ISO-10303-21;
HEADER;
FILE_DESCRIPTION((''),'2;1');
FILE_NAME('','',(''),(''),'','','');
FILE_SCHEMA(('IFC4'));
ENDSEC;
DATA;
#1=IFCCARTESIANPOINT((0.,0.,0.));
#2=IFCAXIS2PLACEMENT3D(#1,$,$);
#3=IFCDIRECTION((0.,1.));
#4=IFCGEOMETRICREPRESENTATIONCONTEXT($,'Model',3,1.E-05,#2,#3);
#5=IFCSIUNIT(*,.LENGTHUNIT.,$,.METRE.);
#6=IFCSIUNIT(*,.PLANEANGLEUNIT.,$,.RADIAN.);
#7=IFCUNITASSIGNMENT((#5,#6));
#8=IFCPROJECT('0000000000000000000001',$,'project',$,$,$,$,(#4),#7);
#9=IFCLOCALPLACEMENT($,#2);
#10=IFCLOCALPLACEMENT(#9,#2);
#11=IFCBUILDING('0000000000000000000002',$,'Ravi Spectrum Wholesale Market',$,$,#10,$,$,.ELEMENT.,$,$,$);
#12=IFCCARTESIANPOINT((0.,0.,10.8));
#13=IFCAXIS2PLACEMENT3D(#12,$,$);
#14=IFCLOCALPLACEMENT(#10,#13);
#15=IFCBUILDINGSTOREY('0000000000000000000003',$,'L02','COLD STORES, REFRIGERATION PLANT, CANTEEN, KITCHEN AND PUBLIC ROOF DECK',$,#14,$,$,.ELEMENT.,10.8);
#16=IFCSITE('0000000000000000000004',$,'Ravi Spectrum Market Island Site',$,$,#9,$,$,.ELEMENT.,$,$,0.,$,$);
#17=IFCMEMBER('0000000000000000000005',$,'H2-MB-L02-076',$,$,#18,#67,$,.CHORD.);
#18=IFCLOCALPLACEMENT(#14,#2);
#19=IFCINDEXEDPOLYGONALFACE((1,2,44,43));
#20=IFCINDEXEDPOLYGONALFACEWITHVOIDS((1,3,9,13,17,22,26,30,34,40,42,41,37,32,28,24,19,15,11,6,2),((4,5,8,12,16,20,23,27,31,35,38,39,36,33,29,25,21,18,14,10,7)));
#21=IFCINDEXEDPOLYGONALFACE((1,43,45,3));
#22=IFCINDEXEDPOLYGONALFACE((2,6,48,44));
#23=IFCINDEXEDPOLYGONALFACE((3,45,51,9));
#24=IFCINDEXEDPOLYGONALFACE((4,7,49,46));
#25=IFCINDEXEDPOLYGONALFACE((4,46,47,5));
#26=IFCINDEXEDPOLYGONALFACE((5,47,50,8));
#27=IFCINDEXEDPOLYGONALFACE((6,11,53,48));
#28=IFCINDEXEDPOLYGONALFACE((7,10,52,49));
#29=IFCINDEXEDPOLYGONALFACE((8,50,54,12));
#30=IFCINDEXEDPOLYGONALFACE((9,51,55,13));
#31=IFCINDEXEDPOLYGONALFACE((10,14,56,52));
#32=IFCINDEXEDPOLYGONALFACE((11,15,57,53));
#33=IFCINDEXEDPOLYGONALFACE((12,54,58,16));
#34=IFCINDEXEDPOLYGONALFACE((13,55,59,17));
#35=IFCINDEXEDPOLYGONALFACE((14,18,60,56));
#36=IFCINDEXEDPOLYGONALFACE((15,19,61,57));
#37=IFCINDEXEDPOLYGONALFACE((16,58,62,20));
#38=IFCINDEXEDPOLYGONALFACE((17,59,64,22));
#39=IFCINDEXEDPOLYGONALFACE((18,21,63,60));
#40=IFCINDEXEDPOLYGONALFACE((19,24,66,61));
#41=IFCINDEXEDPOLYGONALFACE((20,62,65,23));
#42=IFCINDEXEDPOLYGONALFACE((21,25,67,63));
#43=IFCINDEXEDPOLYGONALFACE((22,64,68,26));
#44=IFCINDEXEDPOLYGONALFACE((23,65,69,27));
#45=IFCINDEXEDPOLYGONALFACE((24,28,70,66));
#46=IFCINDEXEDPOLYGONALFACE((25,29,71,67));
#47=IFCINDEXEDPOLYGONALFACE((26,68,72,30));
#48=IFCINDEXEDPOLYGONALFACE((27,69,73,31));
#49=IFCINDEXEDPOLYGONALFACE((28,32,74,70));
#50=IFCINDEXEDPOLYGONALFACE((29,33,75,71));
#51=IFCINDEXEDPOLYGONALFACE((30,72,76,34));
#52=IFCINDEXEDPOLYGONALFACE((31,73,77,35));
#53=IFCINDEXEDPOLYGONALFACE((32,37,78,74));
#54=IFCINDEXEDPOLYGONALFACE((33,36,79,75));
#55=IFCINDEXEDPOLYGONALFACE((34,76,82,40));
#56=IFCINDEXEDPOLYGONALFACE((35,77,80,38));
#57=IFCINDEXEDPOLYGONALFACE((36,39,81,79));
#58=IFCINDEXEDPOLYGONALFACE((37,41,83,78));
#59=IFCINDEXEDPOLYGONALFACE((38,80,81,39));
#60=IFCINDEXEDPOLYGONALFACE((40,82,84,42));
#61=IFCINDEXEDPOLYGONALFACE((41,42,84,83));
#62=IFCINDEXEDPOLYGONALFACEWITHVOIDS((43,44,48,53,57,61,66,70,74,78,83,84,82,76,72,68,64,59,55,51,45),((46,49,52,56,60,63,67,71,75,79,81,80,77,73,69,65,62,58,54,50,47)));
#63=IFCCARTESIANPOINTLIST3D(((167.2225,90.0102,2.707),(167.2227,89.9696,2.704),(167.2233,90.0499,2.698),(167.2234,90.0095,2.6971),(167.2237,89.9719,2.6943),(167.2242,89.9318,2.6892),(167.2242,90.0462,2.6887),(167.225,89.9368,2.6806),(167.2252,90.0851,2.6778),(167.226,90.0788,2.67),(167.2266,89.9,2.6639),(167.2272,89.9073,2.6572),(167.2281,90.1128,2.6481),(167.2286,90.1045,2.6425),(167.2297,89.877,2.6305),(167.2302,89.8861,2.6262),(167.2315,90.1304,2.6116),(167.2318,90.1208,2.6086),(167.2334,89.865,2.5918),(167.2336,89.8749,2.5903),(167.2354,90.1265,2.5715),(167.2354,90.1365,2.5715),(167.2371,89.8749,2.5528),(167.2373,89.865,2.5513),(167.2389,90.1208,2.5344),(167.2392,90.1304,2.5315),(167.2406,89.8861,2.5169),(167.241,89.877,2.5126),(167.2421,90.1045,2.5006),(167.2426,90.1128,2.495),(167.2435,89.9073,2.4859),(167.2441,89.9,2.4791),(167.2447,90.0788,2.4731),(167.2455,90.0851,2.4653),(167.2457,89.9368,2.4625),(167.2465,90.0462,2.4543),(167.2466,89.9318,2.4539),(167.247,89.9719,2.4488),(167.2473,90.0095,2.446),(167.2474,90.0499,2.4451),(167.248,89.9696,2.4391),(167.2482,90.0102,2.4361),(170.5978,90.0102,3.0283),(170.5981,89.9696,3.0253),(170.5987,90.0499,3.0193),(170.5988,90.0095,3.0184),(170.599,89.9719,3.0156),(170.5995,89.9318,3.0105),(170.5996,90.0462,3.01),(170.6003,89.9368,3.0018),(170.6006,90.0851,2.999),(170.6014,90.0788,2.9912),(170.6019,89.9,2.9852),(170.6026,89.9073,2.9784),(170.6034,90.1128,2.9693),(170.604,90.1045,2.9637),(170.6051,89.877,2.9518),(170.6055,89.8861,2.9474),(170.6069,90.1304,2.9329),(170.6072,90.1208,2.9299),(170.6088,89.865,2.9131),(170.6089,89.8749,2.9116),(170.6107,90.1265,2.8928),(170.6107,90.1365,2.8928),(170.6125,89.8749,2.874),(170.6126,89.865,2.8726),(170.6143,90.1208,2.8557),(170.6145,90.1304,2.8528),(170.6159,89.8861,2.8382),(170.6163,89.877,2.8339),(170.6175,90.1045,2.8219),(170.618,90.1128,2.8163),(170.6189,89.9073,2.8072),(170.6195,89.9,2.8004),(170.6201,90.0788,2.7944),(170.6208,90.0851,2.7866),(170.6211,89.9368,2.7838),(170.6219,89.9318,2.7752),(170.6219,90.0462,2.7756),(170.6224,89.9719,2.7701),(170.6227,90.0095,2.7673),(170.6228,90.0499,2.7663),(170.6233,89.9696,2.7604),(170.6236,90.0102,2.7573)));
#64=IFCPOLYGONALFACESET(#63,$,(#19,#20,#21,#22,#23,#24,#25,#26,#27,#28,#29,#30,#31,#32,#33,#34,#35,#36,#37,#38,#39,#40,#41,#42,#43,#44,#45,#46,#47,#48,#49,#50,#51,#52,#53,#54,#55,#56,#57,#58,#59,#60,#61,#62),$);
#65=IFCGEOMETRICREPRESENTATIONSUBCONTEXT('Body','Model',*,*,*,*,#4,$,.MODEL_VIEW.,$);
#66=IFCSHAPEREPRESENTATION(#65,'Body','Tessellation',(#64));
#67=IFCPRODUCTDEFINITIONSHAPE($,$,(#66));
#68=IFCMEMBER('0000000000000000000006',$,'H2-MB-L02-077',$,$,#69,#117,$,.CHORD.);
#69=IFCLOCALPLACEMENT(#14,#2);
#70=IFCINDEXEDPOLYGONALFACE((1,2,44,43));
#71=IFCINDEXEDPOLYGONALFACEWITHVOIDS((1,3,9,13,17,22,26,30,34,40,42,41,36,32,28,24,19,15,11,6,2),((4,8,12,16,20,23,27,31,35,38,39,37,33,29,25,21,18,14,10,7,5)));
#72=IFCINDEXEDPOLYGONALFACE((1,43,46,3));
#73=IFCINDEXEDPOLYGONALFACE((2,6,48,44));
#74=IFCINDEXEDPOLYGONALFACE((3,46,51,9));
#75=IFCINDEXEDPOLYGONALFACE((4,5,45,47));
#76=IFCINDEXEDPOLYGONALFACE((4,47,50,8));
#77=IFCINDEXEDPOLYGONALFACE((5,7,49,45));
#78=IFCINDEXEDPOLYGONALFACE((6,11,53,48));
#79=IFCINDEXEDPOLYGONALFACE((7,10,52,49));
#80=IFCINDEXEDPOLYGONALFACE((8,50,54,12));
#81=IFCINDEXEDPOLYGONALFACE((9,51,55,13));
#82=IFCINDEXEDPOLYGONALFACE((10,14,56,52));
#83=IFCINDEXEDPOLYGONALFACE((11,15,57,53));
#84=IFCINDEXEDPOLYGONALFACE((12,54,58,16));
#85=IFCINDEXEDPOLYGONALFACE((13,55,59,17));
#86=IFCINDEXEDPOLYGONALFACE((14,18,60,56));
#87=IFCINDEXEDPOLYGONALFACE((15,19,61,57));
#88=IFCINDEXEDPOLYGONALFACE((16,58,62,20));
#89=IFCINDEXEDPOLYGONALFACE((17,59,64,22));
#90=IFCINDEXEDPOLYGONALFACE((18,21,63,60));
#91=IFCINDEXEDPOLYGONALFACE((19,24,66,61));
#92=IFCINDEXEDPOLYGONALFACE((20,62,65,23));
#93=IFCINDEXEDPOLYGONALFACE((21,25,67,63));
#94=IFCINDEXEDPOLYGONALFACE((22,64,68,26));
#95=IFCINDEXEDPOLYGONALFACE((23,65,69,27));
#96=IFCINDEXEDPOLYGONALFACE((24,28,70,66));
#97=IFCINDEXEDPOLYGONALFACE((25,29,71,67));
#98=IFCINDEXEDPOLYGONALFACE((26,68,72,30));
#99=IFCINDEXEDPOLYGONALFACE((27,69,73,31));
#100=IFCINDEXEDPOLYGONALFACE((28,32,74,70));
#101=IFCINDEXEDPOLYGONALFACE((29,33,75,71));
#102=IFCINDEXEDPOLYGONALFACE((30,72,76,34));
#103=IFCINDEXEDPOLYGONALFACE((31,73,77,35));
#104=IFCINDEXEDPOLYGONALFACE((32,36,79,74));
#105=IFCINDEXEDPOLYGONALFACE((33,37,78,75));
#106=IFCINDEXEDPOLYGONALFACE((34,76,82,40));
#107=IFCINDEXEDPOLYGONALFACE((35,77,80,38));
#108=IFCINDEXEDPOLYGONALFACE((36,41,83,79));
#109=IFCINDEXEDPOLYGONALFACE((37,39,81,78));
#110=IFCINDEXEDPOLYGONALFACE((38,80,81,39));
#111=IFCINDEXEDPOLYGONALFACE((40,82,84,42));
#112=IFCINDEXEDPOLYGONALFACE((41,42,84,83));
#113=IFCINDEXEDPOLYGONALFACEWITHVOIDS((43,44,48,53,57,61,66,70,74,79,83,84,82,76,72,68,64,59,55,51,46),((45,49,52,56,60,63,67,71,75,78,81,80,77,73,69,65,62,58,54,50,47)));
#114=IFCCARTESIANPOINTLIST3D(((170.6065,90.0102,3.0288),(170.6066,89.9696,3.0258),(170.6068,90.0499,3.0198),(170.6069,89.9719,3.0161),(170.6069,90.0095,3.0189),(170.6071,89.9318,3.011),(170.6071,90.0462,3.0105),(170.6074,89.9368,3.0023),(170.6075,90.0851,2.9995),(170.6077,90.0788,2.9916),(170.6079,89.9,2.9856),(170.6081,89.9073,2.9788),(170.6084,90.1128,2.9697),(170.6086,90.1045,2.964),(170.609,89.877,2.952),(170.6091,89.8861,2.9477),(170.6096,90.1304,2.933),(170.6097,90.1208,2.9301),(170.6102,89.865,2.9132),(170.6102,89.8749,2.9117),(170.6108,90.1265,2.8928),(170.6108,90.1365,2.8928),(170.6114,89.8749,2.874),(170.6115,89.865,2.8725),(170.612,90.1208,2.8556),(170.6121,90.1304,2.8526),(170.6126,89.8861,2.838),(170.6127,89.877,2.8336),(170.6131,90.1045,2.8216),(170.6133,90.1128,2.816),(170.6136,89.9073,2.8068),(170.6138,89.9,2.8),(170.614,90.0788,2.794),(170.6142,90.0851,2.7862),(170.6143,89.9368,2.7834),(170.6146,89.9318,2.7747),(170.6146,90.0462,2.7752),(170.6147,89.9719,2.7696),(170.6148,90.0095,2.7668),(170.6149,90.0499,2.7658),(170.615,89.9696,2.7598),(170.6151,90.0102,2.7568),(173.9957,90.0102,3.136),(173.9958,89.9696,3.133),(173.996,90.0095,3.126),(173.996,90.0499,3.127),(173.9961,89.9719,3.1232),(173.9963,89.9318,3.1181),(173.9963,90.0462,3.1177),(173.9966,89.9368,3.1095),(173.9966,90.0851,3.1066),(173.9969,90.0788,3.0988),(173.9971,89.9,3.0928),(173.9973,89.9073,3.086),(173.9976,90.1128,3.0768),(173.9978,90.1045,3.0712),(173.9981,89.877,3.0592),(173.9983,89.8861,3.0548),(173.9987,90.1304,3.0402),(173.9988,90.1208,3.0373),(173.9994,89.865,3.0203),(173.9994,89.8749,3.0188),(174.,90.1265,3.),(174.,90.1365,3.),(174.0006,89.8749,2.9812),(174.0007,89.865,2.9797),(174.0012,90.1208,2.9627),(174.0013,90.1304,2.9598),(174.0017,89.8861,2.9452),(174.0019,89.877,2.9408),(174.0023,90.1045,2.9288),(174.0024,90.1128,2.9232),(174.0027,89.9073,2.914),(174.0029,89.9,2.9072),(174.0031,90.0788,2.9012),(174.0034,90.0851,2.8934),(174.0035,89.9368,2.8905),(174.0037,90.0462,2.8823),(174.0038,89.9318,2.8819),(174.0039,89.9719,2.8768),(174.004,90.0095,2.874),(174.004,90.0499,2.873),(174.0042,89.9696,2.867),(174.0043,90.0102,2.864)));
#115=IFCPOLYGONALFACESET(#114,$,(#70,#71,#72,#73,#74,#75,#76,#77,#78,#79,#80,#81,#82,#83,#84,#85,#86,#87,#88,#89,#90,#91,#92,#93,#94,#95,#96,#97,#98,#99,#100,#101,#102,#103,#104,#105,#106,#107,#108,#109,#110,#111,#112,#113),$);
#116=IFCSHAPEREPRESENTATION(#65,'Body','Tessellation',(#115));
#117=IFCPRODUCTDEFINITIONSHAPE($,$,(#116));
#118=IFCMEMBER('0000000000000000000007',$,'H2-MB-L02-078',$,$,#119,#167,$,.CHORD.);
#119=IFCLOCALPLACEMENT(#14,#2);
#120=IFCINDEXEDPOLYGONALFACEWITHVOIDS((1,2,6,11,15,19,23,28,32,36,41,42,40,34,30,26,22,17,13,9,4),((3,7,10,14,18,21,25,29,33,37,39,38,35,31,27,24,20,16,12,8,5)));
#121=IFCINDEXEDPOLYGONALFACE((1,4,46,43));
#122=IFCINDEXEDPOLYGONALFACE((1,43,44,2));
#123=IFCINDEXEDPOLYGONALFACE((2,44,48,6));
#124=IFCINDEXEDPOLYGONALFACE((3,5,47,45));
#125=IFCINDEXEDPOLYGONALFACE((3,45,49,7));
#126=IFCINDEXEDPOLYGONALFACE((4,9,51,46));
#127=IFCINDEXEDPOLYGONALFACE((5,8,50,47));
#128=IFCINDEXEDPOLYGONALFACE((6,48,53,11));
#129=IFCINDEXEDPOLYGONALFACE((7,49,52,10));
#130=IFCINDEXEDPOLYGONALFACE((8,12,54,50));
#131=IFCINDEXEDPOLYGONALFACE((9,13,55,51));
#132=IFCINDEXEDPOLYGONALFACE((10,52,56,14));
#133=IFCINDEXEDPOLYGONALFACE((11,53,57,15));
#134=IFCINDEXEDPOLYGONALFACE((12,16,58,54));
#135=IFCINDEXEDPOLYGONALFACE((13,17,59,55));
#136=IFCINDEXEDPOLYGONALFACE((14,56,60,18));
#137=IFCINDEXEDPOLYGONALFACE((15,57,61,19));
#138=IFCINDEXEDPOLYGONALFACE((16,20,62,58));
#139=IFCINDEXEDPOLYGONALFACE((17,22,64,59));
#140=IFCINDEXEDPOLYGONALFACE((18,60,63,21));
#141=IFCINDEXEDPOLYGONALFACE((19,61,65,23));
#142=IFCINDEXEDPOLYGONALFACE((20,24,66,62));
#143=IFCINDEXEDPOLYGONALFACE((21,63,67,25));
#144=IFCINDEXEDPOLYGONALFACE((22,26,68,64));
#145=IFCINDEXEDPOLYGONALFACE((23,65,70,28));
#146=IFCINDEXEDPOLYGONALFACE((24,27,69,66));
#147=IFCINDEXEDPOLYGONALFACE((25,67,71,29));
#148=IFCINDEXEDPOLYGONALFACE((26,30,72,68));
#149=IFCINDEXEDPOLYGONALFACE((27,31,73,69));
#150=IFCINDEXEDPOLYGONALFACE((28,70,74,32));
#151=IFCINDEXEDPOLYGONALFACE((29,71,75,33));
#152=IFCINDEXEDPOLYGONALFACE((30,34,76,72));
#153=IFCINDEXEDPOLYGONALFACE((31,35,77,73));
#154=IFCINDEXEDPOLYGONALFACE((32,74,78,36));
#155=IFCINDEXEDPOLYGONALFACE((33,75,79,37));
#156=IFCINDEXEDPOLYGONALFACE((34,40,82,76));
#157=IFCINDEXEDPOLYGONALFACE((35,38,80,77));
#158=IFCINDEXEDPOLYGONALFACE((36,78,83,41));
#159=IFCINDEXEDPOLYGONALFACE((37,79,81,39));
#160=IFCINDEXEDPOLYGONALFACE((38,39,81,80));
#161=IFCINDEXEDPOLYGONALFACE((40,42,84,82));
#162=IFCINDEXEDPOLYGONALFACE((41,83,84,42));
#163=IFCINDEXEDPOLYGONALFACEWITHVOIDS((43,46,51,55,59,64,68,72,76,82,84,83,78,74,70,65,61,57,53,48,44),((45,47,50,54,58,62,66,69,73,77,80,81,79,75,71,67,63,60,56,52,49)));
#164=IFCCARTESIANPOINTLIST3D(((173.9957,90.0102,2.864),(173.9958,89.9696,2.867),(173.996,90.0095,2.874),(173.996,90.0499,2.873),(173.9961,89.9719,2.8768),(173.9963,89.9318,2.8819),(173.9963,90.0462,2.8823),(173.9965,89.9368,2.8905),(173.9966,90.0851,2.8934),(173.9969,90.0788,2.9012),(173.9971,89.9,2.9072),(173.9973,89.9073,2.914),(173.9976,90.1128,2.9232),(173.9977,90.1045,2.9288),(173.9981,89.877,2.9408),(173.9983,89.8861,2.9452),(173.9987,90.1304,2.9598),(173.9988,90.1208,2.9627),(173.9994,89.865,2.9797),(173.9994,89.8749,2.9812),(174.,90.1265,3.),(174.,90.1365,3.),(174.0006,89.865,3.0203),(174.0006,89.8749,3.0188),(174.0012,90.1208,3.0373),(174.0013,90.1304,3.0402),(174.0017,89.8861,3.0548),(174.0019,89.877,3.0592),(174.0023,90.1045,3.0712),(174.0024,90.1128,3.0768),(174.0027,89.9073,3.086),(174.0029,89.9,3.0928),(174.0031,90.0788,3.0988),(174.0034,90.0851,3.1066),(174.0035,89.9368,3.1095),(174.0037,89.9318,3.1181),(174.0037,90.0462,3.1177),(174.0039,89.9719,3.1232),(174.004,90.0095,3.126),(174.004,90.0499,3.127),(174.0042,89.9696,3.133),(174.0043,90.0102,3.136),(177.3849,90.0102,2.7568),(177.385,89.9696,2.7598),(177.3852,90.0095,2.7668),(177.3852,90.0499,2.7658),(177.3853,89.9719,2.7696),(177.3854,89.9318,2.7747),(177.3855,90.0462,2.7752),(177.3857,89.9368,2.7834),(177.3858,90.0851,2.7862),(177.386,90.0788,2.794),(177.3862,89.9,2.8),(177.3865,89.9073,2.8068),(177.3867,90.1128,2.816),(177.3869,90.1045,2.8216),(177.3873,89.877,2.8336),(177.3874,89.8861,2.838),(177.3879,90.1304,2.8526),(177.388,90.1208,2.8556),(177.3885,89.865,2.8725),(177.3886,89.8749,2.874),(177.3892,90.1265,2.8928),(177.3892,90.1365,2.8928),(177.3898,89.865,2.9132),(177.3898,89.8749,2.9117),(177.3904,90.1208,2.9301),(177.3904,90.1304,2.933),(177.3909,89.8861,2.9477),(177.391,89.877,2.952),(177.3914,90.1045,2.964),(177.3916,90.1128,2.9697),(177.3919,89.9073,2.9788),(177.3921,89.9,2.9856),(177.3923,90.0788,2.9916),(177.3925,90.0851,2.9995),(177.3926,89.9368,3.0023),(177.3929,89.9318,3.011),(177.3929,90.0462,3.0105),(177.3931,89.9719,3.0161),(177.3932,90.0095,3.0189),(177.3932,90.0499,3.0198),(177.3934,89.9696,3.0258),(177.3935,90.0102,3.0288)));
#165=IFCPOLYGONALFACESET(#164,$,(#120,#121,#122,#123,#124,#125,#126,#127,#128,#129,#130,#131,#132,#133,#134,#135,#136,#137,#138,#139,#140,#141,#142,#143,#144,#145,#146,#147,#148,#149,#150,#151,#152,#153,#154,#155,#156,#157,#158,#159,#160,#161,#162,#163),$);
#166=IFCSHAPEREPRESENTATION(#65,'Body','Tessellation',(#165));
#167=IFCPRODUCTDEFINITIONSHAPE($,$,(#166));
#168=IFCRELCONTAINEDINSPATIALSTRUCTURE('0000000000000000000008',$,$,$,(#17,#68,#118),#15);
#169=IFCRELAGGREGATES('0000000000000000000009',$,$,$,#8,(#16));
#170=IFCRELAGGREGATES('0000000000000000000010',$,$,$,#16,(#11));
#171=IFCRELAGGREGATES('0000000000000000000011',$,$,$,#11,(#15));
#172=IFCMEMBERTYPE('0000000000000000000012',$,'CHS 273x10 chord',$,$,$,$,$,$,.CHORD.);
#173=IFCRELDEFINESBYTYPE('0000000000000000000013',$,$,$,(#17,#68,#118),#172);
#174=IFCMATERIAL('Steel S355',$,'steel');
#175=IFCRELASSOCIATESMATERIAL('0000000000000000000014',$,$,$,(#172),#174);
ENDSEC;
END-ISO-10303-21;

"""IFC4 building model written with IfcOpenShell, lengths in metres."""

from ifc_helpers import new_model, si_unit, direction, frame, origin, origin_2d, place, context, subcontext, project, spatial, hollow_circle, extrude, material, material_profile, profile_set, type_object, element, save


model = new_model("IFC4")

# Units and contexts
model_context = context("Model", 3, precision=1e-05, world=origin(), true_north=direction((0.0, 1.0)))
body_context = subcontext(model_context, "Body", "Model", "MODEL_VIEW")
ifc_project = project(units=[si_unit("LENGTHUNIT", "METRE"), si_unit("PLANEANGLEUNIT", "RADIAN")], contexts=[model_context])

# Site, building, storey
site_placement = place(None, origin())
site = spatial("IfcSite", under=ifc_project, at=site_placement, Name="Ravi Spectrum Market Island Site", CompositionType="ELEMENT", RefElevation=0.0)
building_placement = place(site_placement, origin())
building = spatial("IfcBuilding", under=site, at=building_placement, Name="Ravi Spectrum Wholesale Market", CompositionType="ELEMENT")
storey_placement = place(building_placement, frame((0.0, 0.0, 10.8)))
storey = spatial("IfcBuildingStorey", under=building, at=storey_placement, Name="L02", Description="COLD STORES, REFRIGERATION PLANT, CANTEEN, KITCHEN AND PUBLIC ROOF DECK", CompositionType="ELEMENT", Elevation=10.8)

# Members
ifc_material_1 = material(Name="Steel S355", Category="steel")
ifc_material_profile_1 = material_profile(ifc_material_1, hollow_circle(Radius=0.1365, WallThickness=0.01, at=origin_2d()))
ifc_profile_set_1 = profile_set([ifc_material_profile_1], Name="Steel S355")
member_type_1 = type_object("IfcMemberType", Name="CHS 273x10 chord", PredefinedType="CHORD", material=ifc_profile_set_1)
member_1_placement = place(storey_placement, frame((167.2354, 90.0, 2.5715), z_axis=(0.995501, 0.0, 0.094755), x_axis=(0.0, 1.0, 0.0)))
element("IfcMember", 1, at=member_1_placement, inside=storey, type_object=member_type_1, Name="H2-MB-L02-076", PredefinedType="CHORD", context=body_context, shape_type="SweptSolid", body=[
    extrude(hollow_circle(Radius=0.1365, WallThickness=0.01, at=origin_2d()), origin(), (0.0, 0.0, 1.0), 3.3906),
])
for number, where, z_axis, x_axis, name in (
    (2, (170.6108, 90.0, 2.8928), (0.9995, 0.0, 0.031608), (0.0, 1.0, 0.0), "H2-MB-L02-077"),
    (3, (174.0, 90.0, 3.0), (0.9995, 0.0, -0.031608), (0.0, 1.0, 0.0), "H2-MB-L02-078"),
):
    element("IfcMember", number, at=place(storey_placement, frame(where, z_axis=z_axis, x_axis=x_axis)), inside=storey, type_object=member_type_1, Name=name, PredefinedType="CHORD", context=body_context, shape_type="SweptSolid", body=[
        extrude(hollow_circle(Radius=0.1365, WallThickness=0.01, at=origin_2d()), origin(), (0.0, 0.0, 1.0), 3.3909),
    ])

save(model, "model.ifc")
